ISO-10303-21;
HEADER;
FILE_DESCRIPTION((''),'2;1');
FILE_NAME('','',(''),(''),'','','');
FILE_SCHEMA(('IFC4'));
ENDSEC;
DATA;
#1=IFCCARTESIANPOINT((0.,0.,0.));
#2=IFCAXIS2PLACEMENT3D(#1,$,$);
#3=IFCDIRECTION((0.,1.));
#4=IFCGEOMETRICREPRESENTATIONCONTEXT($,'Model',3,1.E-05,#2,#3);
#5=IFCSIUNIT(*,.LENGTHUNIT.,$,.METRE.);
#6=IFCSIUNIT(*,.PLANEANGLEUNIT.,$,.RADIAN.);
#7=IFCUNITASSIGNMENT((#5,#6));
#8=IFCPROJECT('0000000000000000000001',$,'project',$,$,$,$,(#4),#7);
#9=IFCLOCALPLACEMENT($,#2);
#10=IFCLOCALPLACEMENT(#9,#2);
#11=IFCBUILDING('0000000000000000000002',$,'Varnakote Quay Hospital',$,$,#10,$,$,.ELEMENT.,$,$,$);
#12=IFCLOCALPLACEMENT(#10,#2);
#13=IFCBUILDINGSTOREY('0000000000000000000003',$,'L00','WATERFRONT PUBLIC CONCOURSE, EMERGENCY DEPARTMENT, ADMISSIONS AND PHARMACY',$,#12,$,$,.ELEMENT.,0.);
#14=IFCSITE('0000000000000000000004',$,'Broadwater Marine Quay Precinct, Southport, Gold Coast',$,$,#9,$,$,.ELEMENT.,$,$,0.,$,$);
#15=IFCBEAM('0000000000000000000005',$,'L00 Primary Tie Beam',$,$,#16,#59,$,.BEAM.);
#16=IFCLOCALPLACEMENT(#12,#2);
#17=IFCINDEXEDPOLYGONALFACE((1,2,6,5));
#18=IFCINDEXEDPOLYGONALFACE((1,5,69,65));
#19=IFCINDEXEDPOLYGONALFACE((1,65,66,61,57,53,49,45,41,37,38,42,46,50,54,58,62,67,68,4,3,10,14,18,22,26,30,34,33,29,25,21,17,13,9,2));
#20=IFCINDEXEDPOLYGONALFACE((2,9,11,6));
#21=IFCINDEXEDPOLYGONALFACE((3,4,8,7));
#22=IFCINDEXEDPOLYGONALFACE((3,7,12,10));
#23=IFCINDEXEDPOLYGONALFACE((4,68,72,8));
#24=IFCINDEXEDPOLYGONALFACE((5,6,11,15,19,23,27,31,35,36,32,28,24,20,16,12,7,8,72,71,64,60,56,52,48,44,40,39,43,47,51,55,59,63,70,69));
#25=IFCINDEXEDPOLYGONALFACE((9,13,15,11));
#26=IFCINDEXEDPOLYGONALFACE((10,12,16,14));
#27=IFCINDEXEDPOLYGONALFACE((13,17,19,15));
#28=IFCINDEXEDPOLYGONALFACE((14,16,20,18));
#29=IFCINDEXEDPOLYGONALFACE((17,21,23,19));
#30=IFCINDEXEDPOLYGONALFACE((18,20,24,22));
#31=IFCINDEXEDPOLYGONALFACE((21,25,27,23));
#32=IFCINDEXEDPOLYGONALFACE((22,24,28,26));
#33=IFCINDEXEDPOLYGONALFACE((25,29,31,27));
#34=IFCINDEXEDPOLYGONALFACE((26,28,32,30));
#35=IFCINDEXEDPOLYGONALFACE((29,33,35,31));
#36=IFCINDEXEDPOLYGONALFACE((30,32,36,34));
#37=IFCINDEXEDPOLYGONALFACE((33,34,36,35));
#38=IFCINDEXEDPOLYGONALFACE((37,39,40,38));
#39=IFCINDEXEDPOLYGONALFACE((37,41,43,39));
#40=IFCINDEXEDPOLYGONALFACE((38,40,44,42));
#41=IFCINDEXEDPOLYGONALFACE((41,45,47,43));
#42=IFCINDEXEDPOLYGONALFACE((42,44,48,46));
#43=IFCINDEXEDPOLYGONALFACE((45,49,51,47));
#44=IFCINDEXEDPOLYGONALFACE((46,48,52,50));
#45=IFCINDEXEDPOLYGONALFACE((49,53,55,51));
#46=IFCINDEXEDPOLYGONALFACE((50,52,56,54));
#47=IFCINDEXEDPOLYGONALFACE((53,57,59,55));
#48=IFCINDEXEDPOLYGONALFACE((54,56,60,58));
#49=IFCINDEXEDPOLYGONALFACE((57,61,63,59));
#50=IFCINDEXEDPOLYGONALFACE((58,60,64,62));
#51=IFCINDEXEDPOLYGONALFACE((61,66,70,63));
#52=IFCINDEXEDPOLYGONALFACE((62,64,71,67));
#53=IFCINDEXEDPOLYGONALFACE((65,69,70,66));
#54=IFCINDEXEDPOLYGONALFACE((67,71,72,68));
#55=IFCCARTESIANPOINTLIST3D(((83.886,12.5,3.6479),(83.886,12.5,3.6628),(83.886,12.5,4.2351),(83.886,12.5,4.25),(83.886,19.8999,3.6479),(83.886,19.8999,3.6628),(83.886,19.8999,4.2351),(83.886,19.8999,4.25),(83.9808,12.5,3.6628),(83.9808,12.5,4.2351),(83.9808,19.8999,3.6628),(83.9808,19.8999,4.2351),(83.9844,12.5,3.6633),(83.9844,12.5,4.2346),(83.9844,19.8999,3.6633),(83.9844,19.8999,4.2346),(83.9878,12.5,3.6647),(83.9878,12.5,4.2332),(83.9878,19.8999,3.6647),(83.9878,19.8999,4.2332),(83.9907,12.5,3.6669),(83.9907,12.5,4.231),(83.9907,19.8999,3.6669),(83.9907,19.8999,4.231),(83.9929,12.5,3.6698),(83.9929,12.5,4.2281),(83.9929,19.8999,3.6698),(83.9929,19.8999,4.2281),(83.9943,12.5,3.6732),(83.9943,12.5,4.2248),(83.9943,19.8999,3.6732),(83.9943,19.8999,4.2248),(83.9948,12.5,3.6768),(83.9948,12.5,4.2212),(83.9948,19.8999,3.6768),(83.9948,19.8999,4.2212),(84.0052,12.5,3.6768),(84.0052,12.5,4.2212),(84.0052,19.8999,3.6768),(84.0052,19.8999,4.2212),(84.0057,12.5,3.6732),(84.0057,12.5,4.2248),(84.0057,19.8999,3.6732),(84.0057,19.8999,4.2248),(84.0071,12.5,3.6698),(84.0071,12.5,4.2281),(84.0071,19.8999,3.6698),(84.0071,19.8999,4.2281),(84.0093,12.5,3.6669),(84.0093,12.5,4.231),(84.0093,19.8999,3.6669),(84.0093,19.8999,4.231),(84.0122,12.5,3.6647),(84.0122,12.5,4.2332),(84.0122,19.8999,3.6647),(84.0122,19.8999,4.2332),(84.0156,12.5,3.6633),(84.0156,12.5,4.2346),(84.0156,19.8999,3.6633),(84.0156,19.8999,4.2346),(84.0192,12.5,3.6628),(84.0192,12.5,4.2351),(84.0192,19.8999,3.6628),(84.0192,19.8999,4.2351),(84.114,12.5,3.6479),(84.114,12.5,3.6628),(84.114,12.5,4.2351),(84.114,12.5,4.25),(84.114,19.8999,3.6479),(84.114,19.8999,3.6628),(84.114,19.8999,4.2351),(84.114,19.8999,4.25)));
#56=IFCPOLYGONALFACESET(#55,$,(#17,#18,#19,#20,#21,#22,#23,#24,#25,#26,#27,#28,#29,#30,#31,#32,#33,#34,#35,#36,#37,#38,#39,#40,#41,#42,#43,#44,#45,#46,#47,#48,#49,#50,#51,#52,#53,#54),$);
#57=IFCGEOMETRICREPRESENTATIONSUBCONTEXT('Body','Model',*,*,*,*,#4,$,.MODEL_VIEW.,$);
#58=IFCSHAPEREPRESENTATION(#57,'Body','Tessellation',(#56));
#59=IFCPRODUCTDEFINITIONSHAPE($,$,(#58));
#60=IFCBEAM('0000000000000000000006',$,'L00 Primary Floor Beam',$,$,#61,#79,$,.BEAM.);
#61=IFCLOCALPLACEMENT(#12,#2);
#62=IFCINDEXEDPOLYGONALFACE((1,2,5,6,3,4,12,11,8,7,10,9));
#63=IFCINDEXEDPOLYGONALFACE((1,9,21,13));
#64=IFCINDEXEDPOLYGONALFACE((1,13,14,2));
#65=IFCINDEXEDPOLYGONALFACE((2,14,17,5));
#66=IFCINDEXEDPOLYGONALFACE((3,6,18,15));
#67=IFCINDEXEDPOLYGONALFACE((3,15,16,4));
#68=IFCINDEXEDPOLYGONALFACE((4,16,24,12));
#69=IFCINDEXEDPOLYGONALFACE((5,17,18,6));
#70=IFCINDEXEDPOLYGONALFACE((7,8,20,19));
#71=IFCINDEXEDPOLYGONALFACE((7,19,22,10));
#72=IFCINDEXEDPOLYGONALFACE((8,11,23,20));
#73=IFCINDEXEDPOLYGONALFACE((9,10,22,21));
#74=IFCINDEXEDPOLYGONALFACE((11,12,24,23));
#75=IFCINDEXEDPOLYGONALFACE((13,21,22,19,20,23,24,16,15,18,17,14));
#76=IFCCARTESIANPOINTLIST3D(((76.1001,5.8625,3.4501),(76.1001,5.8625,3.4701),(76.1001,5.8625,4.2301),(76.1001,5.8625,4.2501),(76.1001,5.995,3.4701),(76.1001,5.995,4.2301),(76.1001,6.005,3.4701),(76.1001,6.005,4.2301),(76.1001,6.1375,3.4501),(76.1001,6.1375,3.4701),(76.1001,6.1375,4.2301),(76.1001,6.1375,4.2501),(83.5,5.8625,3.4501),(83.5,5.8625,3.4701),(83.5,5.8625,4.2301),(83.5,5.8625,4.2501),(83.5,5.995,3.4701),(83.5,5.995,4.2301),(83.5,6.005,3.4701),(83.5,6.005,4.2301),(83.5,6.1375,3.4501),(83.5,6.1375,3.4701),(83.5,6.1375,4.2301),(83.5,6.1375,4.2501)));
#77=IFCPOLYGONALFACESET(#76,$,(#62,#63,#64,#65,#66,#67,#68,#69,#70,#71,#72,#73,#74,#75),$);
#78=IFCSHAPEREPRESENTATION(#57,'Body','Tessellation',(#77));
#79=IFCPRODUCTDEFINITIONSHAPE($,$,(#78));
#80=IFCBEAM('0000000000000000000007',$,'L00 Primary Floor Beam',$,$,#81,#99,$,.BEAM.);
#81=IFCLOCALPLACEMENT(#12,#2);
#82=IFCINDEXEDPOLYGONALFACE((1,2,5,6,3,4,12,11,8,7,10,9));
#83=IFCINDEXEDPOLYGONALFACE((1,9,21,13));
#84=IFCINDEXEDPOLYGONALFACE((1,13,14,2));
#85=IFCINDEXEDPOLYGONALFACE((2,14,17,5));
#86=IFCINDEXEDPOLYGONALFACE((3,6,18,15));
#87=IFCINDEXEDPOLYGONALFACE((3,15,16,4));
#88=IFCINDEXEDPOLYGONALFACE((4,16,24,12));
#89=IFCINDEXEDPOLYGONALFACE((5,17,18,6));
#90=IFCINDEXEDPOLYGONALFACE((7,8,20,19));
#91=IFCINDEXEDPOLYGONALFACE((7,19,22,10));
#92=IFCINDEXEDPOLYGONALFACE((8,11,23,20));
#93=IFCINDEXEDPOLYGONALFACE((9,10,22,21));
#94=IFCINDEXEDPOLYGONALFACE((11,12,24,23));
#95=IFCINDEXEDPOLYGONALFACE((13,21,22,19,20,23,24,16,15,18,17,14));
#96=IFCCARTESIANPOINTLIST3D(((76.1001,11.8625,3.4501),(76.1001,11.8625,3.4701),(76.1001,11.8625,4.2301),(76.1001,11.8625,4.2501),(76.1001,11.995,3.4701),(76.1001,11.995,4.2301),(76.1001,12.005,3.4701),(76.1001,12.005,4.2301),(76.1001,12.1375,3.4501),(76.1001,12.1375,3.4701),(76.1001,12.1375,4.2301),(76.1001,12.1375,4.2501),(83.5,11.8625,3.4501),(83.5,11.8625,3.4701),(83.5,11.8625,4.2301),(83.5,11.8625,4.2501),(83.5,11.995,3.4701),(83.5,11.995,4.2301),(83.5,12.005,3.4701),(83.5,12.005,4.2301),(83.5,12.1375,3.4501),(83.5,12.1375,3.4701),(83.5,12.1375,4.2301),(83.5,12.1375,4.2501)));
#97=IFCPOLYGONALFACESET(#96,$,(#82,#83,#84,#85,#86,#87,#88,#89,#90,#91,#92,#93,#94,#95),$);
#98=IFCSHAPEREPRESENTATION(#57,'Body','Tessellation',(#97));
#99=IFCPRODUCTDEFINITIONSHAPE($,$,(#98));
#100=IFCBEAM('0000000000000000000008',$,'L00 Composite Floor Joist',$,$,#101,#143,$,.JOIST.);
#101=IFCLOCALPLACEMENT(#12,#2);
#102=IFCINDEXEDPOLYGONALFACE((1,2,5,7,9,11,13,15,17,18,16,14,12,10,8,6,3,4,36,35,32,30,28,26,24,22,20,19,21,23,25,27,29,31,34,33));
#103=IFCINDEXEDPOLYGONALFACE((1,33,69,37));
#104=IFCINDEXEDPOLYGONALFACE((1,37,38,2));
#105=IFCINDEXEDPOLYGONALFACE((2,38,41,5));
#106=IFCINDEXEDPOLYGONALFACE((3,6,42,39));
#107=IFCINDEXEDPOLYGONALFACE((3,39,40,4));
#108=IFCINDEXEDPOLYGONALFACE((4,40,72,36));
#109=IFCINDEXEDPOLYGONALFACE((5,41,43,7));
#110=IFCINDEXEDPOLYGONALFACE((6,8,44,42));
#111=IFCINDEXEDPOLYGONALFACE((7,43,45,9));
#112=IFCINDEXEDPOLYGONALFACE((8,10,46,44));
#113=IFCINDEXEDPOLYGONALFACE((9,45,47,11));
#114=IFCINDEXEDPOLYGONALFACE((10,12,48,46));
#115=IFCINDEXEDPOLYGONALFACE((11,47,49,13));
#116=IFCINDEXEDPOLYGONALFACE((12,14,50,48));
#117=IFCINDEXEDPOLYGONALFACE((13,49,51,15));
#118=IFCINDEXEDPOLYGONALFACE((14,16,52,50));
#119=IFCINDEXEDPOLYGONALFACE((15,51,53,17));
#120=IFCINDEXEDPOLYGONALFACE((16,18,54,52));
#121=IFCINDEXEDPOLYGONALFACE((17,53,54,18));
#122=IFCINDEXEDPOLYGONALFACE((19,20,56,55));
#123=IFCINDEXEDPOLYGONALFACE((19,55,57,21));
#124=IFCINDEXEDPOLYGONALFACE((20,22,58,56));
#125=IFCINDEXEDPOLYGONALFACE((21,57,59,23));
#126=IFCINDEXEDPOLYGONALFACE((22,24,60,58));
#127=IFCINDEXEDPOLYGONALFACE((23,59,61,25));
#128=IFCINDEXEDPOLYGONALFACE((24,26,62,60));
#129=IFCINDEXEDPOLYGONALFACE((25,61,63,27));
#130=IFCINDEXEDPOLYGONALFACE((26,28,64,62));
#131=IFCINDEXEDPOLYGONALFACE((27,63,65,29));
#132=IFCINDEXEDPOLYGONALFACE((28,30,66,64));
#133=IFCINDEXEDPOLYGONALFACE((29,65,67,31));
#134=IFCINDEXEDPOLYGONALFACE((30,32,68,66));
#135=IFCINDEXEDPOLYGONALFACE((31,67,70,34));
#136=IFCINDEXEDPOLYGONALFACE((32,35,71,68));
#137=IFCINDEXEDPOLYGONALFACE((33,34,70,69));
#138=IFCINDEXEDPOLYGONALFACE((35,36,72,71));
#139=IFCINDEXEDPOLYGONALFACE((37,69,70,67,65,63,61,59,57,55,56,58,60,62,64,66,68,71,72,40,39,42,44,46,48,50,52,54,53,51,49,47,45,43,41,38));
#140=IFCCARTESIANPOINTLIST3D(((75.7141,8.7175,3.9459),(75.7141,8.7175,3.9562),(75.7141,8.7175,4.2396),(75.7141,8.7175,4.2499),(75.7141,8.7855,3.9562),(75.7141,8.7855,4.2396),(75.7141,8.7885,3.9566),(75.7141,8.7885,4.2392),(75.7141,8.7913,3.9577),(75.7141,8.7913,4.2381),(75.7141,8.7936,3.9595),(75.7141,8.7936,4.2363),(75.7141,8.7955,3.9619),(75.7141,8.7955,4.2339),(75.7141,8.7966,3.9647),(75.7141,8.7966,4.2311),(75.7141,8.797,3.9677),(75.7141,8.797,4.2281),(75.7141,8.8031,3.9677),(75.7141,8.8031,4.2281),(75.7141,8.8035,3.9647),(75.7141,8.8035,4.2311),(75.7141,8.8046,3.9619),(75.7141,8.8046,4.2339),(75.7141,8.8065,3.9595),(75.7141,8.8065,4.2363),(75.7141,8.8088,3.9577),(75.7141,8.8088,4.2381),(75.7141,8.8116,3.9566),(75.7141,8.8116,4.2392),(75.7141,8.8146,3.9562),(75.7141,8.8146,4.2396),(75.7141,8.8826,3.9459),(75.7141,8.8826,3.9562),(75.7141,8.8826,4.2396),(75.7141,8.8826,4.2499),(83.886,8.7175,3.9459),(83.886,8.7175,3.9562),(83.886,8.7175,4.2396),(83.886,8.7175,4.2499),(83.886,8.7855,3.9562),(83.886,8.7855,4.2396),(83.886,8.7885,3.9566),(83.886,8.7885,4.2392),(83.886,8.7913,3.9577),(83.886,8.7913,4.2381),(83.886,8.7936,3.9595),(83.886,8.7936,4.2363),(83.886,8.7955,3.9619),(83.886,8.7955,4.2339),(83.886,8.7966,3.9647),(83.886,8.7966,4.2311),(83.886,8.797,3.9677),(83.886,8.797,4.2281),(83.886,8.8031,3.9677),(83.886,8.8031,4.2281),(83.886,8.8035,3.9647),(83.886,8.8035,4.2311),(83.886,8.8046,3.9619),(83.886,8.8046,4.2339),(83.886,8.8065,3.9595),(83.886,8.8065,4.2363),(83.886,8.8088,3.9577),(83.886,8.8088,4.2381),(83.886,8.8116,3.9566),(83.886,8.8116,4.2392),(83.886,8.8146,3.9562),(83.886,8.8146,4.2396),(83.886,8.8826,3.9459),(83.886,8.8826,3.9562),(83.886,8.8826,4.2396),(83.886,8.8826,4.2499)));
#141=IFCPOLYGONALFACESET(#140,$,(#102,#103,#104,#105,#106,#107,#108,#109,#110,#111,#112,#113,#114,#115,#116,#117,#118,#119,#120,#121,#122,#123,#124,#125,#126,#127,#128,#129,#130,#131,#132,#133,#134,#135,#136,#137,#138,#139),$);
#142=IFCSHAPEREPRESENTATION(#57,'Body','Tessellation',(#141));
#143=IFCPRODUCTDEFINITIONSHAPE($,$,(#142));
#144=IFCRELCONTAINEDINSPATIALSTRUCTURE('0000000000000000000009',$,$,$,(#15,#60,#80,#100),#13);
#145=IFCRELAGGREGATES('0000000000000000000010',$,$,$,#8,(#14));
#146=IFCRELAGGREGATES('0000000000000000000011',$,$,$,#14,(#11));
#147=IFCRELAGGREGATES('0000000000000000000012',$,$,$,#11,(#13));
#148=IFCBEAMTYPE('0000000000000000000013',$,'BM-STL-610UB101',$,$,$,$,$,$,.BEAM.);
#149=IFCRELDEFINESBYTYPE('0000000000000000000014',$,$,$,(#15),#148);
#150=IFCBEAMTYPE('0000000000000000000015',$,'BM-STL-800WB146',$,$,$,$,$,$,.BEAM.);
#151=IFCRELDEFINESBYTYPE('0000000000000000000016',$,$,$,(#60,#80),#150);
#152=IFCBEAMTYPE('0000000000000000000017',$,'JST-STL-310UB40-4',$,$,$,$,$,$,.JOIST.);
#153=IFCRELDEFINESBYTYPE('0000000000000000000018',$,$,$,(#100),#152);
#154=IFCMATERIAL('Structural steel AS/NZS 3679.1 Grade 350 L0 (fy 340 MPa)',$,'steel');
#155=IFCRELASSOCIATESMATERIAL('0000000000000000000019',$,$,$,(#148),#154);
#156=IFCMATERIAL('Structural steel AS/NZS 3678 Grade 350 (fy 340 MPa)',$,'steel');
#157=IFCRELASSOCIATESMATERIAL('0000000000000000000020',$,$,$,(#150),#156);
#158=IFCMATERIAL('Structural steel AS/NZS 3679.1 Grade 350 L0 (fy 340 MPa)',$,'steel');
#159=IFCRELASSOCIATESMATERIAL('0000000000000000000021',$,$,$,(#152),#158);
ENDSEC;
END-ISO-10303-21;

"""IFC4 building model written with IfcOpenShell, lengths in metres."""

from ifc_helpers import new_model, si_unit, direction, frame, origin, origin_2d, place, context, subcontext, project, spatial, i_section, extrude, material, material_profile, profile_set, type_object, element, save


model = new_model("IFC4")

# Units and contexts
model_context = context("Model", 3, precision=1e-05, world=origin(), true_north=direction((0.0, 1.0)))
body_context = subcontext(model_context, "Body", "Model", "MODEL_VIEW")
ifc_project = project(units=[si_unit("LENGTHUNIT", "METRE"), si_unit("PLANEANGLEUNIT", "RADIAN")], contexts=[model_context])

# Site, building, storey
site_placement = place(None, origin())
site = spatial("IfcSite", under=ifc_project, at=site_placement, Name="Broadwater Marine Quay Precinct, Southport, Gold Coast", CompositionType="ELEMENT", RefElevation=0.0)
building_placement = place(site_placement, origin())
building = spatial("IfcBuilding", under=site, at=building_placement, Name="Varnakote Quay Hospital", CompositionType="ELEMENT")
storey_placement = place(building_placement, origin())
storey = spatial("IfcBuildingStorey", under=building, at=storey_placement, Name="L00", Description="WATERFRONT PUBLIC CONCOURSE, EMERGENCY DEPARTMENT, ADMISSIONS AND PHARMACY", CompositionType="ELEMENT", Elevation=0.0)

# Beams
ifc_material_1 = material(Name="Structural steel AS/NZS 3679.1 Grade 350 L0 (fy 340 MPa)", Category="steel")
ifc_material_profile_1 = material_profile(ifc_material_1, i_section(OverallWidth=0.228, OverallDepth=0.6021, WebThickness=0.0105, FlangeThickness=0.0149, FilletRadius=0.0139, at=origin_2d()), Name="610UB101")
ifc_profile_set_1 = profile_set([ifc_material_profile_1], Name="Structural steel AS/NZS 3679.1 Grade 350 L0 (fy 340 MPa)")
beam_type_1 = type_object("IfcBeamType", Name="BM-STL-610UB101", PredefinedType="BEAM", material=ifc_profile_set_1)
beam_1_placement = place(storey_placement, frame((84.0, 12.5, 3.949), z_axis=(0.0, 1.0, 0.0), x_axis=(-1.0, 0.0, 0.0)))
element("IfcBeam", 1, at=beam_1_placement, inside=storey, type_object=beam_type_1, Name="L00 Primary Tie Beam", PredefinedType="BEAM", context=body_context, shape_type="SweptSolid", body=[
    extrude(i_section(OverallWidth=0.228, OverallDepth=0.6021, WebThickness=0.0105, FlangeThickness=0.0149, FilletRadius=0.0139, at=origin_2d()), origin(), (0.0, 0.0, 1.0), 7.3999),
])
ifc_material_2 = material(Name="Structural steel AS/NZS 3678 Grade 350 (fy 340 MPa)", Category="steel")
ifc_material_profile_2 = material_profile(ifc_material_2, i_section(OverallWidth=0.2749, OverallDepth=0.8, WebThickness=0.01, FlangeThickness=0.02, at=origin_2d()), Name="800WB146")
ifc_profile_set_2 = profile_set([ifc_material_profile_2], Name="Structural steel AS/NZS 3678 Grade 350 (fy 340 MPa)")
beam_type_2 = type_object("IfcBeamType", Name="BM-STL-800WB146", PredefinedType="BEAM", material=ifc_profile_set_2)
for number, where, z_axis, x_axis, name in (
    (2, (76.1001, 6.0, 3.8501), (1.0, 0.0, 0.0), (0.0, 1.0, 0.0), "L00 Primary Floor Beam"),
    (3, (76.1001, 12.0, 3.8501), (1.0, 0.0, 0.0), (0.0, 1.0, 0.0), "L00 Primary Floor Beam"),
):
    element("IfcBeam", number, at=place(storey_placement, frame(where, z_axis=z_axis, x_axis=x_axis)), inside=storey, type_object=beam_type_2, Name=name, PredefinedType="BEAM", context=body_context, shape_type="SweptSolid", body=[
        extrude(i_section(OverallWidth=0.2749, OverallDepth=0.8, WebThickness=0.01, FlangeThickness=0.02, at=origin_2d()), origin(), (0.0, 0.0, 1.0), 7.3999),
    ])
ifc_material_3 = material(Name="Structural steel AS/NZS 3679.1 Grade 350 L0 (fy 340 MPa)", Category="steel")
ifc_material_profile_3 = material_profile(ifc_material_3, i_section(OverallWidth=0.165, OverallDepth=0.304, WebThickness=0.0061, FlangeThickness=0.0103, FilletRadius=0.0115, at=origin_2d()), Name="310UB40.4")
ifc_profile_set_3 = profile_set([ifc_material_profile_3], Name="Structural steel AS/NZS 3679.1 Grade 350 L0 (fy 340 MPa)")
beam_type_3 = type_object("IfcBeamType", Name="JST-STL-310UB40-4", PredefinedType="JOIST", material=ifc_profile_set_3)
beam_2_placement = place(storey_placement, frame((75.7141, 8.8, 4.0979), z_axis=(1.0, 0.0, 0.0), x_axis=(0.0, 1.0, 0.0)))
element("IfcBeam", 4, at=beam_2_placement, inside=storey, type_object=beam_type_3, Name="L00 Composite Floor Joist", PredefinedType="JOIST", context=body_context, shape_type="SweptSolid", body=[
    extrude(i_section(OverallWidth=0.165, OverallDepth=0.304, WebThickness=0.0061, FlangeThickness=0.0103, FilletRadius=0.0115, at=origin_2d()), origin(), (0.0, 0.0, 1.0), 8.1719),
])

save(model, "model.ifc")
